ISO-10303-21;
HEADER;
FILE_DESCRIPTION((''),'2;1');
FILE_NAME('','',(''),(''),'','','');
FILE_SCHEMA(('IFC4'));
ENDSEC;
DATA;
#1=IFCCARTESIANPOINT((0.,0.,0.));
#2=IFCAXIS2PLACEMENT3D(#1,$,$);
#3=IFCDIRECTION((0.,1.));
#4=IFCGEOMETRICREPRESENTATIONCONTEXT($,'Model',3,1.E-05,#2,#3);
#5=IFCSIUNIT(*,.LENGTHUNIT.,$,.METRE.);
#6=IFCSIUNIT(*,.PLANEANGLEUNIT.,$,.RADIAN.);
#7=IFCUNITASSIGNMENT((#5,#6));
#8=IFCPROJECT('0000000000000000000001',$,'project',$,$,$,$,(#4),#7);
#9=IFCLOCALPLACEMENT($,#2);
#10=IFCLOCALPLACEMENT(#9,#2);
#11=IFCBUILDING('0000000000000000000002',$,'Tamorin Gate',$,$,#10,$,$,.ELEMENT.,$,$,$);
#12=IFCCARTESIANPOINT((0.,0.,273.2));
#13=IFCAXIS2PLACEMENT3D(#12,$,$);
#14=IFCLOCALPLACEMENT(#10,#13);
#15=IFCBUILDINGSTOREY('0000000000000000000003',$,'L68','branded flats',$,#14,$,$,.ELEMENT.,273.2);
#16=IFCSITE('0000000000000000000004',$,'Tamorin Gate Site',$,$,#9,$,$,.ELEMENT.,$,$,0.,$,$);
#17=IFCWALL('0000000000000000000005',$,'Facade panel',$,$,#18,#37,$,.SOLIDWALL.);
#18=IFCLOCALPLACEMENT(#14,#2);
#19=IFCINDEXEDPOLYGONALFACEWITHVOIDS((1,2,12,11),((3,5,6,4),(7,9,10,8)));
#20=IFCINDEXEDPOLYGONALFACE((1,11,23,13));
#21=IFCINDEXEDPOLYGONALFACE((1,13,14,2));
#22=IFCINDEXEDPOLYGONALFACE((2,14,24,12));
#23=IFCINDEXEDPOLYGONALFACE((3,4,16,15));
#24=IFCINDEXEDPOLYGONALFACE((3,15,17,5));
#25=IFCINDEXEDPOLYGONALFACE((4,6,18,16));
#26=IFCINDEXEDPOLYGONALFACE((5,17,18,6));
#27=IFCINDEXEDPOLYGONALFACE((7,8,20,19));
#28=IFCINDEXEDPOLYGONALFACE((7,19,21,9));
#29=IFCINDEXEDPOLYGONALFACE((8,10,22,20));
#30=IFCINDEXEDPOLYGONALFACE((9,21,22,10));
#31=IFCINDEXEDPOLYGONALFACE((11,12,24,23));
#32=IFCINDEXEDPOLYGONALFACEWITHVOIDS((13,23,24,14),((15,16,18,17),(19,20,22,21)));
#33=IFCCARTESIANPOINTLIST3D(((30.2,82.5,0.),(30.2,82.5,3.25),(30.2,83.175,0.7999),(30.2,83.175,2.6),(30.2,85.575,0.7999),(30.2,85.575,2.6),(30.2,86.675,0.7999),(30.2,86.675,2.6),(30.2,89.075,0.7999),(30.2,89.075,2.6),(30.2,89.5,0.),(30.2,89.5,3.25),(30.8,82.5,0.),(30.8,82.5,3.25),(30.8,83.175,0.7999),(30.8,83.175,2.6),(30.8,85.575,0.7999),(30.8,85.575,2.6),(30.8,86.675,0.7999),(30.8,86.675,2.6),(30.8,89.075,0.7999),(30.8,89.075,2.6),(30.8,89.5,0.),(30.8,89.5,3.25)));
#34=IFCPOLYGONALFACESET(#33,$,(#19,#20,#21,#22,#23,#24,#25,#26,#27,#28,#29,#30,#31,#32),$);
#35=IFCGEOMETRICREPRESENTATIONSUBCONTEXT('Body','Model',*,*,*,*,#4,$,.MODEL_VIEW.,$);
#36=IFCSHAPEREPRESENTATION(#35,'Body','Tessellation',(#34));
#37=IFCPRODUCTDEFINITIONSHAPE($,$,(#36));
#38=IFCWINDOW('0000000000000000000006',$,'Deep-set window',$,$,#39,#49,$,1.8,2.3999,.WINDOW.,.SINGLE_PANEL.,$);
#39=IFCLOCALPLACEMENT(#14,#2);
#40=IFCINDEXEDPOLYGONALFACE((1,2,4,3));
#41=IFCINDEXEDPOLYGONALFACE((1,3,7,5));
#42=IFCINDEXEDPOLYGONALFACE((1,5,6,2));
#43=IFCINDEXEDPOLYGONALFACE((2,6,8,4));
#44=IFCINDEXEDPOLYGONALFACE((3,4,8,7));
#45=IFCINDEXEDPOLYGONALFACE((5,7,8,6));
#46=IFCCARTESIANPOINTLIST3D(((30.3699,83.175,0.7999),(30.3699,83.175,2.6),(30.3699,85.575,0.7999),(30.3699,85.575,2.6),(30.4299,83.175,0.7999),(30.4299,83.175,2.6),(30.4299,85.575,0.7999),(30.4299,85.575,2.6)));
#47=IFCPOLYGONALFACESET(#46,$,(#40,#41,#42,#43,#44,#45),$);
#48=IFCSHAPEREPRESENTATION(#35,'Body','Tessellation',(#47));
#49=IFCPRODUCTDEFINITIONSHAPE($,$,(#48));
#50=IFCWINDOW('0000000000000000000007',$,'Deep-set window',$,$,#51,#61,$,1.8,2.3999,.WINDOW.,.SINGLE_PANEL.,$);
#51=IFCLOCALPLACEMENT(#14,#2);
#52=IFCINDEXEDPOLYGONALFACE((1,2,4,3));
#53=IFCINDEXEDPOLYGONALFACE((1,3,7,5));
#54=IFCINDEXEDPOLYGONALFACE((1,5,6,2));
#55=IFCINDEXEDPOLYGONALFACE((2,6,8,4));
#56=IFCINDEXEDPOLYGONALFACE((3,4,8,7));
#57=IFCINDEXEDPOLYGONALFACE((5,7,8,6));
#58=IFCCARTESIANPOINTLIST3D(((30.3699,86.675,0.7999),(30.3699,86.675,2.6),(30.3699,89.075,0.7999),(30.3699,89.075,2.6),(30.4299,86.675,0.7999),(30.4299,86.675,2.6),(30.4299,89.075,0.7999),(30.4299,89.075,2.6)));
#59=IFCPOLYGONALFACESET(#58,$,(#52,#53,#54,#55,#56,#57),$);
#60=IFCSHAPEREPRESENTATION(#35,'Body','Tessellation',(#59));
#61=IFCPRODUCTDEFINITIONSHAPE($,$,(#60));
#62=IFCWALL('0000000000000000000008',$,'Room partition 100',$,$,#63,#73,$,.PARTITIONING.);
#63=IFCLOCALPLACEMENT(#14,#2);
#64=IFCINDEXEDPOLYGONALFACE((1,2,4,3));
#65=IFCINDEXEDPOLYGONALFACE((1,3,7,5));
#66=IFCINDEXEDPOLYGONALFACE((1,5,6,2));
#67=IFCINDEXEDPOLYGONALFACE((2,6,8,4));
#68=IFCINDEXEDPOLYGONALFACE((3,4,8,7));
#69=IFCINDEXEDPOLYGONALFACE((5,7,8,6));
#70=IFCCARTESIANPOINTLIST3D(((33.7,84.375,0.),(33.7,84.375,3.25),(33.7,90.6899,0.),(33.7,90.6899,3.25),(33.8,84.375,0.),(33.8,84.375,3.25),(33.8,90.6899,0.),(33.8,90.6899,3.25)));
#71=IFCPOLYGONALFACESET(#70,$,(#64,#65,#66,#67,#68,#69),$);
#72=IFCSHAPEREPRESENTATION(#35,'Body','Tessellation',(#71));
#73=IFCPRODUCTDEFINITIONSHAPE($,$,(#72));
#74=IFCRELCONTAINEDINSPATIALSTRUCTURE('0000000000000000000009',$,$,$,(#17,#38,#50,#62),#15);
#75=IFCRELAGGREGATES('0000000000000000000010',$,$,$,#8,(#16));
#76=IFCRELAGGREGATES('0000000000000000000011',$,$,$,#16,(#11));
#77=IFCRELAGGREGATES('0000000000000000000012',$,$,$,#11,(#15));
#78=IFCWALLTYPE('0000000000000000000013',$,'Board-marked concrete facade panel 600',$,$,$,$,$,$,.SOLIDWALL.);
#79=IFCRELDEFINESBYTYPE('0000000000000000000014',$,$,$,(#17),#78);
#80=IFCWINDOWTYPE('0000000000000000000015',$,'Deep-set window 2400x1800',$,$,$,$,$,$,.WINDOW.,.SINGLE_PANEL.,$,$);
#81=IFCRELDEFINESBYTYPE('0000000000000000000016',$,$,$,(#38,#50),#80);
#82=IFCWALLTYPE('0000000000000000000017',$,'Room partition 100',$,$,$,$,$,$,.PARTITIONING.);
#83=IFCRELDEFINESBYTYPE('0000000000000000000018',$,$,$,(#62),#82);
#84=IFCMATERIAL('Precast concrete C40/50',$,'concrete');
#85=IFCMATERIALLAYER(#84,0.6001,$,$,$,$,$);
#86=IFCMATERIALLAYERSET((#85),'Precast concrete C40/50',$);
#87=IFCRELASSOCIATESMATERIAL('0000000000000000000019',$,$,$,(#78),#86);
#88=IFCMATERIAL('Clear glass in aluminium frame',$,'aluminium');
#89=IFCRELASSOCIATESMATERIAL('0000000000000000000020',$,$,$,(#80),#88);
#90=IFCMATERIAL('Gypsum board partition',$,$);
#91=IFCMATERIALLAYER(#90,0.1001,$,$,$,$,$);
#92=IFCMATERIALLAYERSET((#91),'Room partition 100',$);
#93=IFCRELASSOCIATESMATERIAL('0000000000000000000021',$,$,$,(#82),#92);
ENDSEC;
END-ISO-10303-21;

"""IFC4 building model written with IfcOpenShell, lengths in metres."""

from ifc_helpers import new_model, si_unit, direction, frame, frame_2d, origin, place, context, subcontext, project, spatial, rectangle, extrude, material, layer, layer_set, type_object, element, fill, save


model = new_model("IFC4")

# Units and contexts
model_context = context("Model", 3, precision=1e-05, world=origin(), true_north=direction((0.0, 1.0)))
body_context = subcontext(model_context, "Body", "Model", "MODEL_VIEW")
ifc_project = project(units=[si_unit("LENGTHUNIT", "METRE"), si_unit("PLANEANGLEUNIT", "RADIAN")], contexts=[model_context])

# Site, building, storey
site_placement = place(None, origin())
site = spatial("IfcSite", under=ifc_project, at=site_placement, Name="Tamorin Gate Site", CompositionType="ELEMENT", RefElevation=0.0)
building_placement = place(site_placement, origin())
building = spatial("IfcBuilding", under=site, at=building_placement, Name="Tamorin Gate", CompositionType="ELEMENT")
storey_placement = place(building_placement, frame((0.0, 0.0, 273.2)))
storey = spatial("IfcBuildingStorey", under=building, at=storey_placement, Name="L68", Description="branded flats", CompositionType="ELEMENT", Elevation=273.2)

# Shared definitions
ifc_material_1 = material(Name="Precast concrete C40/50", Category="concrete")
ifc_layer_1 = layer(ifc_material_1, 0.6001)
ifc_layer_set_1 = layer_set([ifc_layer_1], Name="Precast concrete C40/50")
wall_type_1 = type_object("IfcWallType", Name="Board-marked concrete facade panel 600", PredefinedType="SOLIDWALL", material=ifc_layer_set_1)

# Shared definitions
ifc_material_2 = material(Name="Clear glass in aluminium frame", Category="aluminium")
window_type_1 = type_object("IfcWindowType", Name="Deep-set window 2400x1800", PartitioningType="SINGLE_PANEL", PredefinedType="WINDOW", material=ifc_material_2)

# Wall, openings, windows
wall_1_placement = place(storey_placement, frame((30.5, 89.5, 0.0), z_axis=(0.0, 0.0, 1.0), x_axis=(0.0, -1.0, 0.0)))
wall_1 = element("IfcWall", 1, at=wall_1_placement, inside=storey, type_object=wall_type_1, Name="Facade panel", PredefinedType="SOLIDWALL", context=body_context, shape_type="SweptSolid", body=[
    extrude(rectangle(XDim=7.0, YDim=0.6001, at=frame_2d((3.5, 0.0))), origin(), (0.0, 0.0, 1.0), 3.25),
])
opening_1_placement = place(wall_1_placement, frame((3.925, 0.0, 0.8)))
opening_1 = element("IfcOpeningElement", 2, at=opening_1_placement, cuts=wall_1, PredefinedType="OPENING", context=body_context, shape_type="SweptSolid", body=[
    extrude(rectangle(XDim=2.3999, YDim=1.8, at=frame_2d((1.2, 0.8999))), frame((0.0, 0.3101, 0.0), z_axis=(0.0, -1.0, 0.0), x_axis=(1.0, 0.0, 0.0)), (0.0, 0.0, 1.0), 0.6201),
])
opening_2_placement = place(wall_1_placement, frame((0.425, 0.0, 0.8)))
opening_2 = element("IfcOpeningElement", 3, at=opening_2_placement, cuts=wall_1, PredefinedType="OPENING", context=body_context, shape_type="SweptSolid", body=[
    extrude(rectangle(XDim=2.3999, YDim=1.8, at=frame_2d((1.2, 0.8999))), frame((0.0, 0.3101, 0.0), z_axis=(0.0, -1.0, 0.0), x_axis=(1.0, 0.0, 0.0)), (0.0, 0.0, 1.0), 0.6201),
])
window_1_placement = place(opening_1_placement, origin())
window_1 = element("IfcWindow", 4, at=window_1_placement, inside=storey, type_object=window_type_1, Name="Deep-set window", OverallHeight=1.8, OverallWidth=2.3999, PartitioningType="SINGLE_PANEL", PredefinedType="WINDOW", context=body_context, shape_type="SweptSolid", body=[
    extrude(rectangle(XDim=2.3999, YDim=1.8, at=frame_2d((1.2, 0.8999))), frame((0.0, -0.0701, 0.0), z_axis=(0.0, -1.0, 0.0), x_axis=(1.0, 0.0, 0.0)), (0.0, 0.0, 1.0), 0.0601),
])
fill(opening_1, window_1)
window_2_placement = place(opening_2_placement, origin())
window_2 = element("IfcWindow", 5, at=window_2_placement, inside=storey, type_object=window_type_1, Name="Deep-set window", OverallHeight=1.8, OverallWidth=2.3999, PartitioningType="SINGLE_PANEL", PredefinedType="WINDOW", context=body_context, shape_type="SweptSolid", body=[
    extrude(rectangle(XDim=2.3999, YDim=1.8, at=frame_2d((1.2, 0.8999))), frame((0.0, -0.0701, 0.0), z_axis=(0.0, -1.0, 0.0), x_axis=(1.0, 0.0, 0.0)), (0.0, 0.0, 1.0), 0.0601),
])
fill(opening_2, window_2)

# Wall
ifc_material_3 = material(Name="Gypsum board partition")
ifc_layer_2 = layer(ifc_material_3, 0.1001)
ifc_layer_set_2 = layer_set([ifc_layer_2], Name="Room partition 100")
wall_type_2 = type_object("IfcWallType", Name="Room partition 100", PredefinedType="PARTITIONING", material=ifc_layer_set_2)
wall_2_placement = place(storey_placement, frame((33.75, 84.375, 0.0), z_axis=(0.0, 0.0, 1.0), x_axis=(0.0, 1.0, 0.0)))
element("IfcWall", 6, at=wall_2_placement, inside=storey, type_object=wall_type_2, Name="Room partition 100", PredefinedType="PARTITIONING", context=body_context, shape_type="SweptSolid", body=[
    extrude(rectangle(XDim=6.3149, YDim=0.1001, at=frame_2d((3.1575, 0.0))), origin(), (0.0, 0.0, 1.0), 3.25),
])

save(model, "model.ifc")
